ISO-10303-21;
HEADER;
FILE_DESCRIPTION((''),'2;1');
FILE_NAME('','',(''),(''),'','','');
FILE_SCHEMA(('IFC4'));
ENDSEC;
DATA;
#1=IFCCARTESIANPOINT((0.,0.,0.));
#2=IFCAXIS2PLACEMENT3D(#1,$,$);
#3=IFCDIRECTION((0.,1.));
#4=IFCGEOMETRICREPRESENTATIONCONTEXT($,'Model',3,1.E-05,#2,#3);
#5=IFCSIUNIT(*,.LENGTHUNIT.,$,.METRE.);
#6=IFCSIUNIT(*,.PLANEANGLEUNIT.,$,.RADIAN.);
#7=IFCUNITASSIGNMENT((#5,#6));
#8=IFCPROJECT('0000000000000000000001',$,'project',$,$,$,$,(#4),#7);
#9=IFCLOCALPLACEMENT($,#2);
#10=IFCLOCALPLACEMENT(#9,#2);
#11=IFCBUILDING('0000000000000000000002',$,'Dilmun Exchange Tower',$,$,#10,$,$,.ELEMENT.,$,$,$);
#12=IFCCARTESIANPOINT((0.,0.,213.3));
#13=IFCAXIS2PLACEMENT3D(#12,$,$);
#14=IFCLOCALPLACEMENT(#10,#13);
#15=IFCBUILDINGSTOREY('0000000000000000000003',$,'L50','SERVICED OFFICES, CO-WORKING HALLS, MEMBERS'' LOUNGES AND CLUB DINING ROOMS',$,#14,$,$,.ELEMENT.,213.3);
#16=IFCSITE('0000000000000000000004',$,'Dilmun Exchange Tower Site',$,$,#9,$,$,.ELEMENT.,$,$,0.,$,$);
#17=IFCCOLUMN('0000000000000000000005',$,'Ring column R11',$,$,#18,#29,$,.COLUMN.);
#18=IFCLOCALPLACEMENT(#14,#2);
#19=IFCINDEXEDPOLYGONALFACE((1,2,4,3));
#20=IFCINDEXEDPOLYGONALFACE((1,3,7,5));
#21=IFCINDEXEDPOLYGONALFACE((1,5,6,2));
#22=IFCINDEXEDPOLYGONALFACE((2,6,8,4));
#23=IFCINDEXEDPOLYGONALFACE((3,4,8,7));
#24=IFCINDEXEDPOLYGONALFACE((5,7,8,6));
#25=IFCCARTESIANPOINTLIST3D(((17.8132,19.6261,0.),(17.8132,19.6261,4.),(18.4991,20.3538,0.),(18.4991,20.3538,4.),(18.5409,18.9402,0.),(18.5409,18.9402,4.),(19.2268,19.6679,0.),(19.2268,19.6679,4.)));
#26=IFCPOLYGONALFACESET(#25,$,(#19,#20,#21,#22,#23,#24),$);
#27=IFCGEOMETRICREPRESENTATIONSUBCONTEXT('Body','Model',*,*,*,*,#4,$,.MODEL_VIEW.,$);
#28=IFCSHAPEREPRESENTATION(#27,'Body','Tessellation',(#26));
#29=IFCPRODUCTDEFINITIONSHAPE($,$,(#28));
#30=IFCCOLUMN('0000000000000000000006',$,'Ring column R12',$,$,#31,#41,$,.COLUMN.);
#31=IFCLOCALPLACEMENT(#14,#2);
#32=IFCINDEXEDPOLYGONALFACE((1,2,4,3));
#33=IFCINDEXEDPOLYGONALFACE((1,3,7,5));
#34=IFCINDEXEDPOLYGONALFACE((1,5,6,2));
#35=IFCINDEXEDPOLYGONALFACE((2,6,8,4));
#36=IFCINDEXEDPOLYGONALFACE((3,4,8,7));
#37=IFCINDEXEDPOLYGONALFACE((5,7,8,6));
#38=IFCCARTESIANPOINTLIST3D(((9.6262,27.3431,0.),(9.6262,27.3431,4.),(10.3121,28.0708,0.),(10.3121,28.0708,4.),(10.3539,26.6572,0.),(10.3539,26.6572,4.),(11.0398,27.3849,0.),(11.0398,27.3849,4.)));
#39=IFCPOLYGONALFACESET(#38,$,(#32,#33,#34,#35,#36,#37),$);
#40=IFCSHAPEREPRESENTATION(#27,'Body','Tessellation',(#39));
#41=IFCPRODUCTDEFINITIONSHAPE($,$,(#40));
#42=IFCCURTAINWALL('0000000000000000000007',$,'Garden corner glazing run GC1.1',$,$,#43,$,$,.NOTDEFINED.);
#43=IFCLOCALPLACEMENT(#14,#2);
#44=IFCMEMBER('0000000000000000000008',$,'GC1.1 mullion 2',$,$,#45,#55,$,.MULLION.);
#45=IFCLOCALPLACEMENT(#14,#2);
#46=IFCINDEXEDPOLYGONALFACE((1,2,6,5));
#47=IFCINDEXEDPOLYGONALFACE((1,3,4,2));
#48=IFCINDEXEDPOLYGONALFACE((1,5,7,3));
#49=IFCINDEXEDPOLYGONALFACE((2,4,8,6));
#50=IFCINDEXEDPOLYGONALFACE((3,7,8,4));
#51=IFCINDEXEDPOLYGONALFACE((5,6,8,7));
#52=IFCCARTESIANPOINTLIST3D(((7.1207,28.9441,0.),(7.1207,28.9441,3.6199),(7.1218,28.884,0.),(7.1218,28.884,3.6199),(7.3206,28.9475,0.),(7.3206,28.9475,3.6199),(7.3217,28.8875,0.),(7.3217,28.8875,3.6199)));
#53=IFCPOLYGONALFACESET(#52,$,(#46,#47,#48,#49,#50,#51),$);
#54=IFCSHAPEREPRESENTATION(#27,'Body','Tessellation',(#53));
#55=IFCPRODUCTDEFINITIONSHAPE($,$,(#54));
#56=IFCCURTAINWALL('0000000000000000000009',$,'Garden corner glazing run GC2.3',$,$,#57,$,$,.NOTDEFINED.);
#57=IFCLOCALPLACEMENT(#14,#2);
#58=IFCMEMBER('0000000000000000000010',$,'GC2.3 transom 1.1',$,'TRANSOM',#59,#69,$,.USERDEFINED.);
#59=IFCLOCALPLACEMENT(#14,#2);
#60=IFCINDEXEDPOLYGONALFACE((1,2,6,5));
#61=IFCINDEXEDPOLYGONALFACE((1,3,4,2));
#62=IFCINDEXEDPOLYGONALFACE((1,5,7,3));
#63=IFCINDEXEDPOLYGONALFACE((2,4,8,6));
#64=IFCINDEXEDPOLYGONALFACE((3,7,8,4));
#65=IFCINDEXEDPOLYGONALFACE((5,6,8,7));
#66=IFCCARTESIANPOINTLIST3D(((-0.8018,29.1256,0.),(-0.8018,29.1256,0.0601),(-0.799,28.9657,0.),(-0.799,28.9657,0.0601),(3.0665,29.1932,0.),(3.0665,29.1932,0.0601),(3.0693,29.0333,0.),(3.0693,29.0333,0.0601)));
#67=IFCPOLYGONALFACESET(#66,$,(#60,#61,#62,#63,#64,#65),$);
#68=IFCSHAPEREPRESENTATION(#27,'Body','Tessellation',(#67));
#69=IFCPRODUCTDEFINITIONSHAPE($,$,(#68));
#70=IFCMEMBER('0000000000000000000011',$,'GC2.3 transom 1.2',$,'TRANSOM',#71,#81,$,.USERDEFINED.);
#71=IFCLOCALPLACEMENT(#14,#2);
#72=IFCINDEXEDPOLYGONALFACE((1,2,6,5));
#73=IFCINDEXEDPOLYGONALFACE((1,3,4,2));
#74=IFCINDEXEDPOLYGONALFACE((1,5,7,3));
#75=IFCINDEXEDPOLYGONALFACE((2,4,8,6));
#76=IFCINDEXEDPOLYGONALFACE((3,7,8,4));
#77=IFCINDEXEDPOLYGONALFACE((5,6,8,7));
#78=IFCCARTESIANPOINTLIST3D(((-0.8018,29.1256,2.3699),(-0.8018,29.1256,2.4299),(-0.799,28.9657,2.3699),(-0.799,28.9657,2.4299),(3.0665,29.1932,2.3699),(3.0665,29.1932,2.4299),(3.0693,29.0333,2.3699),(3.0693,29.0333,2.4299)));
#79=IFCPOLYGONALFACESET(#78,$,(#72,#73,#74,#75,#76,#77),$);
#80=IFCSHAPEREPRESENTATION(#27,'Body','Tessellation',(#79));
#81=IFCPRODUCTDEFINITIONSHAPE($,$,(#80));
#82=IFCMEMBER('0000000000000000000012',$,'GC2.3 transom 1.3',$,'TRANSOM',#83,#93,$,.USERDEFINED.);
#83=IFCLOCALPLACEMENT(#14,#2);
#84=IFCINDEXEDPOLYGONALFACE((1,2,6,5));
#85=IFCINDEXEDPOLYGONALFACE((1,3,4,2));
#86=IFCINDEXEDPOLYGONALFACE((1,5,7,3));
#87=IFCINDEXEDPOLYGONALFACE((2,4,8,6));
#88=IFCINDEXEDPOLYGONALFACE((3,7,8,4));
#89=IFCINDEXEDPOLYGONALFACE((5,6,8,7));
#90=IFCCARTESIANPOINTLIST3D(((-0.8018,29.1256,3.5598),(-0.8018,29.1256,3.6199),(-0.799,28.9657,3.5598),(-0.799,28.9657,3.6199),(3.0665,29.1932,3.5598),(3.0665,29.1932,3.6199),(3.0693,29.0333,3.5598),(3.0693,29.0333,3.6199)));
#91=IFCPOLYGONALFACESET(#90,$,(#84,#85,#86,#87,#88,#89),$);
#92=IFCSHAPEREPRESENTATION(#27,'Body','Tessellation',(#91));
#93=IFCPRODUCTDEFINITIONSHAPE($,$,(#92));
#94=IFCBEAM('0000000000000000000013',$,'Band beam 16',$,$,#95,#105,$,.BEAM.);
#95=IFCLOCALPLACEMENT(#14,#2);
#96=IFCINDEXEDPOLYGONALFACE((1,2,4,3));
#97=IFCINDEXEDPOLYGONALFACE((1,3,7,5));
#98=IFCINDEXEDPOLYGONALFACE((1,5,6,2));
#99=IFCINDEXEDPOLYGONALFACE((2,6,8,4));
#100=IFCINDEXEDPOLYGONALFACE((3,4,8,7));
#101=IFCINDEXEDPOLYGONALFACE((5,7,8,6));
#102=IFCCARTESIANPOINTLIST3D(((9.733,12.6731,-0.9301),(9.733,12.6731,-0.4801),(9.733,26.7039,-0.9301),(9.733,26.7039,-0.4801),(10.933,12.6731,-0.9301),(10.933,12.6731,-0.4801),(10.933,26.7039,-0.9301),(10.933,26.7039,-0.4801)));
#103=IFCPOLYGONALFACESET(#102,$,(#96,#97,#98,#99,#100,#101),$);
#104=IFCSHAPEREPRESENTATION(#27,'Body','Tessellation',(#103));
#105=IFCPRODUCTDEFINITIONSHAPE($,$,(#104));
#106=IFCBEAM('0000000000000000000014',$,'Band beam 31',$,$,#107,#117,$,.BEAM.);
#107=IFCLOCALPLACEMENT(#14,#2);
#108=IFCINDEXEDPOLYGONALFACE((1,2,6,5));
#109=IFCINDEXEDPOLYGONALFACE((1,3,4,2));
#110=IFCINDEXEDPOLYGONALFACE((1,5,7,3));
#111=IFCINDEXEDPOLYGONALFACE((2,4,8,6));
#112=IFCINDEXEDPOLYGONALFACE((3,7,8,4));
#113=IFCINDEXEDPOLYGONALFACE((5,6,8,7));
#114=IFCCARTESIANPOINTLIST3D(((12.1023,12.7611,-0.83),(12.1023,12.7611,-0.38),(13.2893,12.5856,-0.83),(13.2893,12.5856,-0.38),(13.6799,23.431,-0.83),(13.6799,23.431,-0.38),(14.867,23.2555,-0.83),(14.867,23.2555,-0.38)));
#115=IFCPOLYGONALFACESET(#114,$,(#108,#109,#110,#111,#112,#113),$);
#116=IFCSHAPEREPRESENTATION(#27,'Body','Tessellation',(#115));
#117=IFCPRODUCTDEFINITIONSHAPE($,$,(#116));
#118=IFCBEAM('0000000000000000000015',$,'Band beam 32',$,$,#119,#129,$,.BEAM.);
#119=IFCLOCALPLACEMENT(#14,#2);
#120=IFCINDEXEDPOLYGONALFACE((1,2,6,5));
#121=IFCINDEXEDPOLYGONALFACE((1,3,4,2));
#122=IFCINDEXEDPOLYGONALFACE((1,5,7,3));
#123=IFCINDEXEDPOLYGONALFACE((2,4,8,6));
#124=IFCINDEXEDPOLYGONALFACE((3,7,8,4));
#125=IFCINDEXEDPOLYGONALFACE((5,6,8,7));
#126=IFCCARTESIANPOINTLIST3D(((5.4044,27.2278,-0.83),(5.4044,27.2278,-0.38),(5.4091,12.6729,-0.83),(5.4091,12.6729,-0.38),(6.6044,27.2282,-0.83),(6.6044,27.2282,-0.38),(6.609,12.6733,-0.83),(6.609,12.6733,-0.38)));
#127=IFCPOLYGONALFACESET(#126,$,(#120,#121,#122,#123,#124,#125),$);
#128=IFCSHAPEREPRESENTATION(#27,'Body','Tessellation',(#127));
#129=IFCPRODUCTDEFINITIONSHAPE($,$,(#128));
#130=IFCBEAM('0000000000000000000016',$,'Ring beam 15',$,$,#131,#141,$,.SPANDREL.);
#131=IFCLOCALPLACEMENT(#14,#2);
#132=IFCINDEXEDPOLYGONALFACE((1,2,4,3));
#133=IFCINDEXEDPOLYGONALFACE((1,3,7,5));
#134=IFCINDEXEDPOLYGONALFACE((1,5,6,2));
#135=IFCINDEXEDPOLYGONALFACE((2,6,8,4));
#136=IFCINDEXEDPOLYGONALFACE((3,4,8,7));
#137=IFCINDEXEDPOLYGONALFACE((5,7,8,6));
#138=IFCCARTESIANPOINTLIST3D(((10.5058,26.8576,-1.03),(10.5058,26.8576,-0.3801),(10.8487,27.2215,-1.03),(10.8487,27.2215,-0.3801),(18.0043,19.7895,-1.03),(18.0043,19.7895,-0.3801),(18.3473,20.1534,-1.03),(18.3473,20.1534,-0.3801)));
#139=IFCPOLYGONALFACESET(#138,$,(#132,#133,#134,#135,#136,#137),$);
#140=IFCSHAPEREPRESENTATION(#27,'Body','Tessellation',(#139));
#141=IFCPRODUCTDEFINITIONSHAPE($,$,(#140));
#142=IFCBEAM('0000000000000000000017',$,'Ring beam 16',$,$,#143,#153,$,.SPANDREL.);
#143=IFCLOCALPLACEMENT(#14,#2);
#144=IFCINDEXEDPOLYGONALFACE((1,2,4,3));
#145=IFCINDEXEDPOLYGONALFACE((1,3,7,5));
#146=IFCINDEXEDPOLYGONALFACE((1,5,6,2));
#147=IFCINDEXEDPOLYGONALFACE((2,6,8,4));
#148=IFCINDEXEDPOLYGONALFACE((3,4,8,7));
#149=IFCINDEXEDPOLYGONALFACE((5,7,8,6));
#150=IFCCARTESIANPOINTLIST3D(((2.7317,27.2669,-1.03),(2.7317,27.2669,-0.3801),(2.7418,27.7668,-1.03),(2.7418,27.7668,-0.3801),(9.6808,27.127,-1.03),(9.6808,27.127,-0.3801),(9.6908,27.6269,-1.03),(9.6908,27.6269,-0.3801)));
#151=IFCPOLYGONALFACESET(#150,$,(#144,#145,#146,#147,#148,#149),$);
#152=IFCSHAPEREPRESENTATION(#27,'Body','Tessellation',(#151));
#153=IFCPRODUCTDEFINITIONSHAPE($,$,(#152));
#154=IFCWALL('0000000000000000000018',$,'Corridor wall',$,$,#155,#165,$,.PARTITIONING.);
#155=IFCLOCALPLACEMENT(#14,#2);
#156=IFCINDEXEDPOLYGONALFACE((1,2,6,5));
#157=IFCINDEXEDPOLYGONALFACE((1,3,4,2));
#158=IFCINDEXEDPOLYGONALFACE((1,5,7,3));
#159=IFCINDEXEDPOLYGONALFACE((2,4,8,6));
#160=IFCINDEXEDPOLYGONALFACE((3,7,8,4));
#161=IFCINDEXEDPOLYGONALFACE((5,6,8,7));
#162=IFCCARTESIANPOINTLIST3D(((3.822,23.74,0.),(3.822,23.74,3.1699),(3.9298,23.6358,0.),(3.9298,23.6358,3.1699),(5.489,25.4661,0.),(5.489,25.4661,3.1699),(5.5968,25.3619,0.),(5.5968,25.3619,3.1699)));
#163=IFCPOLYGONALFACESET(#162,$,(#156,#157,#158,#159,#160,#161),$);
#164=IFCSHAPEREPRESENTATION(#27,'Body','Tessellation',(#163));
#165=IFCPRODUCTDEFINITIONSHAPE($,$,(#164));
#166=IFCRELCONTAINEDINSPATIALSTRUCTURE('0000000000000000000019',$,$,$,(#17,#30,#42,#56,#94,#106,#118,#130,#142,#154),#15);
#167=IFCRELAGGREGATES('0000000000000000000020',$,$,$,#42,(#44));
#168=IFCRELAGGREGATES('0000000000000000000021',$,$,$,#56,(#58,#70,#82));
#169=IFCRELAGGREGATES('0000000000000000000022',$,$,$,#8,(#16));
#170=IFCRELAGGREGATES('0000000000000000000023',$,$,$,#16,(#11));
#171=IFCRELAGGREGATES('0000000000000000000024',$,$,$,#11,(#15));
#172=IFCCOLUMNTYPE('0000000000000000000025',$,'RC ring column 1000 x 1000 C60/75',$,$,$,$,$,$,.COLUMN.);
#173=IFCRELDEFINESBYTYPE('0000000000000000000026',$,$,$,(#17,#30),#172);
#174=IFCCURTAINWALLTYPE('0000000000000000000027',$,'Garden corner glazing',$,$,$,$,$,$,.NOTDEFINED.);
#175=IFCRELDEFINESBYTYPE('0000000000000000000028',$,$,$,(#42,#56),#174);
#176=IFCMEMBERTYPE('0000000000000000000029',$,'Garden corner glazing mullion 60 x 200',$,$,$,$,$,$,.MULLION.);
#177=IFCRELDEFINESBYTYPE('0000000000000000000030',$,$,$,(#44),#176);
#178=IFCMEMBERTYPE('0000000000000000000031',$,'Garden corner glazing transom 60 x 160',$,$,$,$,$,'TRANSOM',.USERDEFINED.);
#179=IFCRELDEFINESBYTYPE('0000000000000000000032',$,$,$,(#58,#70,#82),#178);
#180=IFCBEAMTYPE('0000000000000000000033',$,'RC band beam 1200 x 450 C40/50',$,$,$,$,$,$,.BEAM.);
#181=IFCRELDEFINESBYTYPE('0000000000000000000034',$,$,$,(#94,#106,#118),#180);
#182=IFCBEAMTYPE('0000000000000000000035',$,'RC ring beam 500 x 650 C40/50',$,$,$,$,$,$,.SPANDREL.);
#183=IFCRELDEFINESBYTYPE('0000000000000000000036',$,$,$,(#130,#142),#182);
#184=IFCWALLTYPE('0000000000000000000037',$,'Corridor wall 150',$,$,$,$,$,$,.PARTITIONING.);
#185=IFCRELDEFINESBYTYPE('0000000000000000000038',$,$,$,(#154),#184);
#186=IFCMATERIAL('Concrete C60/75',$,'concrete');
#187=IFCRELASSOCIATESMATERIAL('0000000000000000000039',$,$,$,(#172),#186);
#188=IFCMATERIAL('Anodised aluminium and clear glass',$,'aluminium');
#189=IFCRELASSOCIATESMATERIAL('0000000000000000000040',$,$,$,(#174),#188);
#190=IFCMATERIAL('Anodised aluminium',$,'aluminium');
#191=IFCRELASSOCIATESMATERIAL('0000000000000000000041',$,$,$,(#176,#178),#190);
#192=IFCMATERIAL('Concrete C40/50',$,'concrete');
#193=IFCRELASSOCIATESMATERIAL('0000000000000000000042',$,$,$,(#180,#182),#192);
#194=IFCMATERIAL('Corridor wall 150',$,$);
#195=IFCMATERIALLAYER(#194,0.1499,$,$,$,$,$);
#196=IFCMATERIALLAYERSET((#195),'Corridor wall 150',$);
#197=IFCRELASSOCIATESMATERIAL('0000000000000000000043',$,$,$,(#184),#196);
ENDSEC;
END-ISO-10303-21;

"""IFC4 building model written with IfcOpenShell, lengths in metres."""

from ifc_helpers import new_model, si_unit, direction, frame, frame_2d, origin, origin_2d, place, context, subcontext, project, spatial, rectangle, extrude, material, layer, layer_set, material_profile, profile_set, type_object, element, aggregate, save


model = new_model("IFC4")

# Units and contexts
model_context = context("Model", 3, precision=1e-05, world=origin(), true_north=direction((0.0, 1.0)))
body_context = subcontext(model_context, "Body", "Model", "MODEL_VIEW")
ifc_project = project(units=[si_unit("LENGTHUNIT", "METRE"), si_unit("PLANEANGLEUNIT", "RADIAN")], contexts=[model_context])

# Site, building, storey
site_placement = place(None, origin())
site = spatial("IfcSite", under=ifc_project, at=site_placement, Name="Dilmun Exchange Tower Site", CompositionType="ELEMENT", RefElevation=0.0)
building_placement = place(site_placement, origin())
building = spatial("IfcBuilding", under=site, at=building_placement, Name="Dilmun Exchange Tower", CompositionType="ELEMENT")
storey_placement = place(building_placement, frame((0.0, 0.0, 213.3)))
storey = spatial("IfcBuildingStorey", under=building, at=storey_placement, Name="L50", Description="SERVICED OFFICES, CO-WORKING HALLS, MEMBERS' LOUNGES AND CLUB DINING ROOMS", CompositionType="ELEMENT", Elevation=213.3)

# Columns
ifc_material_1 = material(Name="Concrete C60/75", Category="concrete")
ifc_material_profile_1 = material_profile(ifc_material_1, rectangle(XDim=1.0, YDim=1.0, at=origin_2d()), Name="1000 x 1000")
ifc_profile_set_1 = profile_set([ifc_material_profile_1], Name="Concrete C60/75")
column_type = type_object("IfcColumnType", Name="RC ring column 1000 x 1000 C60/75", PredefinedType="COLUMN", material=ifc_profile_set_1)
for number, where, z_axis, x_axis, name in (
    (1, (18.52, 19.647, 0.0), (0.0, 0.0, 1.0), (0.685916, 0.727681, 0.0), "Ring column R11"),
    (2, (10.333, 27.364, 0.0), (0.0, 0.0, 1.0), (0.685916, 0.727681, 0.0), "Ring column R12"),
):
    element("IfcColumn", number, at=place(storey_placement, frame(where, z_axis=z_axis, x_axis=x_axis)), inside=storey, type_object=column_type, Name=name, PredefinedType="COLUMN", context=body_context, shape_type="SweptSolid", body=[
        extrude(rectangle(XDim=1.0, YDim=1.0, at=origin_2d()), origin(), (0.0, 0.0, 1.0), 4.0),
    ])

# Curtain wall, member
ifc_material_2 = material(Name="Anodised aluminium and clear glass", Category="aluminium")
curtain_wall_type = type_object("IfcCurtainWallType", Name="Garden corner glazing", PredefinedType="NOTDEFINED", material=ifc_material_2)
curtain_wall_1_placement = place(storey_placement, origin())
curtain_wall_1 = element("IfcCurtainWall", 3, at=curtain_wall_1_placement, inside=storey, type_object=curtain_wall_type, Name="Garden corner glazing run GC1.1", PredefinedType="NOTDEFINED")
ifc_material_3 = material(Name="Anodised aluminium", Category="aluminium")
ifc_material_profile_2 = material_profile(ifc_material_3, rectangle(XDim=0.2, YDim=0.0601, at=origin_2d()), Name="AL 60x200")
ifc_profile_set_2 = profile_set([ifc_material_profile_2], Name="Anodised aluminium")
member_type_1 = type_object("IfcMemberType", Name="Garden corner glazing mullion 60 x 200", PredefinedType="MULLION", material=ifc_profile_set_2)
member_1_placement = place(storey_placement, frame((7.2212, 28.9158, 0.0), z_axis=(0.0, 0.0, 1.0), x_axis=(0.999848, 0.01745, 0.0)))
member_1 = element("IfcMember", 4, at=member_1_placement, type_object=member_type_1, Name="GC1.1 mullion 2", PredefinedType="MULLION", context=body_context, shape_type="SweptSolid", body=[
    extrude(rectangle(XDim=0.2, YDim=0.0601, at=origin_2d()), origin(), (0.0, 0.0, 1.0), 3.6199),
])
aggregate(curtain_wall_1, [member_1])

# Curtain wall, members
curtain_wall_2_placement = place(storey_placement, origin())
curtain_wall_2 = element("IfcCurtainWall", 5, at=curtain_wall_2_placement, inside=storey, type_object=curtain_wall_type, Name="Garden corner glazing run GC2.3", PredefinedType="NOTDEFINED")
ifc_material_profile_3 = material_profile(ifc_material_3, rectangle(XDim=0.1599, YDim=0.0601, at=origin_2d()), Name="AL 60x160")
ifc_profile_set_3 = profile_set([ifc_material_profile_3], Name="Anodised aluminium")
member_type_2 = type_object("IfcMemberType", Name="Garden corner glazing transom 60 x 160", ElementType="TRANSOM", PredefinedType="USERDEFINED", material=ifc_profile_set_3)
member_2_placement = place(storey_placement, frame((3.0679, 29.1133, 0.03), z_axis=(-0.999847, -0.017479, 0.0), x_axis=(0.017479, -0.999847, 0.0)))
member_2 = element("IfcMember", 6, at=member_2_placement, type_object=member_type_2, Name="GC2.3 transom 1.1", ObjectType="TRANSOM", PredefinedType="USERDEFINED", context=body_context, shape_type="SweptSolid", body=[
    extrude(rectangle(XDim=0.1599, YDim=0.0601, at=origin_2d()), origin(), (0.0, 0.0, 1.0), 3.8689),
])
member_3_placement = place(storey_placement, frame((3.0679, 29.1133, 2.3999), z_axis=(-0.999847, -0.017479, 0.0), x_axis=(0.017479, -0.999847, 0.0)))
member_3 = element("IfcMember", 7, at=member_3_placement, type_object=member_type_2, Name="GC2.3 transom 1.2", ObjectType="TRANSOM", PredefinedType="USERDEFINED", context=body_context, shape_type="SweptSolid", body=[
    extrude(rectangle(XDim=0.1599, YDim=0.0601, at=origin_2d()), origin(), (0.0, 0.0, 1.0), 3.8689),
])
member_4_placement = place(storey_placement, frame((3.0679, 29.1133, 3.5898), z_axis=(-0.999847, -0.017479, 0.0), x_axis=(0.017479, -0.999847, 0.0)))
member_4 = element("IfcMember", 8, at=member_4_placement, type_object=member_type_2, Name="GC2.3 transom 1.3", ObjectType="TRANSOM", PredefinedType="USERDEFINED", context=body_context, shape_type="SweptSolid", body=[
    extrude(rectangle(XDim=0.1599, YDim=0.0601, at=origin_2d()), origin(), (0.0, 0.0, 1.0), 3.8689),
])
aggregate(curtain_wall_2, [member_2, member_3, member_4])

# Beams
ifc_material_4 = material(Name="Concrete C40/50", Category="concrete")
ifc_material_profile_4 = material_profile(ifc_material_4, rectangle(XDim=1.2, YDim=0.45, at=origin_2d()), Name="1200 x 450")
ifc_profile_set_4 = profile_set([ifc_material_profile_4], Name="Concrete C40/50")
beam_type_1 = type_object("IfcBeamType", Name="RC band beam 1200 x 450 C40/50", PredefinedType="BEAM", material=ifc_profile_set_4)
beam_1_placement = place(storey_placement, frame((10.333, 26.7039, -0.7051), z_axis=(0.0, -1.0, 0.0), x_axis=(1.0, 0.0, 0.0)))
element("IfcBeam", 9, at=beam_1_placement, inside=storey, type_object=beam_type_1, Name="Band beam 16", PredefinedType="BEAM", context=body_context, shape_type="SweptSolid", body=[
    extrude(rectangle(XDim=1.2, YDim=0.45, at=origin_2d()), origin(), (0.0, 0.0, 1.0), 14.0308),
])
beam_2_placement = place(storey_placement, frame((14.2734, 23.3433, -0.605), z_axis=(-0.146268, -0.989245, 0.0), x_axis=(0.989245, -0.146268, 0.0)))
element("IfcBeam", 10, at=beam_2_placement, inside=storey, type_object=beam_type_1, Name="Band beam 31", PredefinedType="BEAM", context=body_context, shape_type="SweptSolid", body=[
    extrude(rectangle(XDim=1.2, YDim=0.45, at=origin_2d()), origin(), (0.0, 0.0, 1.0), 10.7859),
])
beam_3_placement = place(storey_placement, frame((6.0044, 27.228, -0.605), z_axis=(0.000319, -1.0, 0.0), x_axis=(1.0, 0.000319, 0.0)))
element("IfcBeam", 11, at=beam_3_placement, inside=storey, type_object=beam_type_1, Name="Band beam 32", PredefinedType="BEAM", context=body_context, shape_type="SweptSolid", body=[
    extrude(rectangle(XDim=1.2, YDim=0.45, at=origin_2d()), origin(), (0.0, 0.0, 1.0), 14.5549),
])
ifc_material_profile_5 = material_profile(ifc_material_4, rectangle(XDim=0.5, YDim=0.6499, at=origin_2d()), Name="500 x 650")
ifc_profile_set_5 = profile_set([ifc_material_profile_5], Name="Concrete C40/50")
beam_type_2 = type_object("IfcBeamType", Name="RC ring beam 500 x 650 C40/50", PredefinedType="SPANDREL", material=ifc_profile_set_5)
beam_4_placement = place(storey_placement, frame((18.1758, 19.9714, -0.7051), z_axis=(-0.727683, 0.685914, 0.0), x_axis=(-0.685914, -0.727683, 0.0)))
element("IfcBeam", 12, at=beam_4_placement, inside=storey, type_object=beam_type_2, Name="Ring beam 15", PredefinedType="SPANDREL", context=body_context, shape_type="SweptSolid", body=[
    extrude(rectangle(XDim=0.5, YDim=0.6499, at=origin_2d()), origin(), (0.0, 0.0, 1.0), 10.3047),
])
beam_5_placement = place(storey_placement, frame((9.6858, 27.377, -0.7051), z_axis=(-0.999797, 0.020127, 0.0), x_axis=(-0.020127, -0.999797, 0.0)))
element("IfcBeam", 13, at=beam_5_placement, inside=storey, type_object=beam_type_2, Name="Ring beam 16", PredefinedType="SPANDREL", context=body_context, shape_type="SweptSolid", body=[
    extrude(rectangle(XDim=0.5, YDim=0.6499, at=origin_2d()), origin(), (0.0, 0.0, 1.0), 6.9504),
])

# Wall
ifc_material_5 = material(Name="Corridor wall 150")
ifc_layer_1 = layer(ifc_material_5, 0.1499)
ifc_layer_set_1 = layer_set([ifc_layer_1], Name="Corridor wall 150")
wall_type_1 = type_object("IfcWallType", Name="Corridor wall 150", PredefinedType="PARTITIONING", material=ifc_layer_set_1)
wall_1_placement = place(storey_placement, frame((3.876, 23.688, 0.0), z_axis=(0.0, 0.0, 1.0), x_axis=(0.694689, 0.71931, 0.0)))
element("IfcWall", 14, at=wall_1_placement, inside=storey, type_object=wall_type_1, Name="Corridor wall", PredefinedType="PARTITIONING", context=body_context, shape_type="SweptSolid", body=[
    extrude(rectangle(XDim=2.3997, YDim=0.1499, at=frame_2d((1.1997, 0.0))), origin(), (0.0, 0.0, 1.0), 3.1699),
])

save(model, "model.ifc")
